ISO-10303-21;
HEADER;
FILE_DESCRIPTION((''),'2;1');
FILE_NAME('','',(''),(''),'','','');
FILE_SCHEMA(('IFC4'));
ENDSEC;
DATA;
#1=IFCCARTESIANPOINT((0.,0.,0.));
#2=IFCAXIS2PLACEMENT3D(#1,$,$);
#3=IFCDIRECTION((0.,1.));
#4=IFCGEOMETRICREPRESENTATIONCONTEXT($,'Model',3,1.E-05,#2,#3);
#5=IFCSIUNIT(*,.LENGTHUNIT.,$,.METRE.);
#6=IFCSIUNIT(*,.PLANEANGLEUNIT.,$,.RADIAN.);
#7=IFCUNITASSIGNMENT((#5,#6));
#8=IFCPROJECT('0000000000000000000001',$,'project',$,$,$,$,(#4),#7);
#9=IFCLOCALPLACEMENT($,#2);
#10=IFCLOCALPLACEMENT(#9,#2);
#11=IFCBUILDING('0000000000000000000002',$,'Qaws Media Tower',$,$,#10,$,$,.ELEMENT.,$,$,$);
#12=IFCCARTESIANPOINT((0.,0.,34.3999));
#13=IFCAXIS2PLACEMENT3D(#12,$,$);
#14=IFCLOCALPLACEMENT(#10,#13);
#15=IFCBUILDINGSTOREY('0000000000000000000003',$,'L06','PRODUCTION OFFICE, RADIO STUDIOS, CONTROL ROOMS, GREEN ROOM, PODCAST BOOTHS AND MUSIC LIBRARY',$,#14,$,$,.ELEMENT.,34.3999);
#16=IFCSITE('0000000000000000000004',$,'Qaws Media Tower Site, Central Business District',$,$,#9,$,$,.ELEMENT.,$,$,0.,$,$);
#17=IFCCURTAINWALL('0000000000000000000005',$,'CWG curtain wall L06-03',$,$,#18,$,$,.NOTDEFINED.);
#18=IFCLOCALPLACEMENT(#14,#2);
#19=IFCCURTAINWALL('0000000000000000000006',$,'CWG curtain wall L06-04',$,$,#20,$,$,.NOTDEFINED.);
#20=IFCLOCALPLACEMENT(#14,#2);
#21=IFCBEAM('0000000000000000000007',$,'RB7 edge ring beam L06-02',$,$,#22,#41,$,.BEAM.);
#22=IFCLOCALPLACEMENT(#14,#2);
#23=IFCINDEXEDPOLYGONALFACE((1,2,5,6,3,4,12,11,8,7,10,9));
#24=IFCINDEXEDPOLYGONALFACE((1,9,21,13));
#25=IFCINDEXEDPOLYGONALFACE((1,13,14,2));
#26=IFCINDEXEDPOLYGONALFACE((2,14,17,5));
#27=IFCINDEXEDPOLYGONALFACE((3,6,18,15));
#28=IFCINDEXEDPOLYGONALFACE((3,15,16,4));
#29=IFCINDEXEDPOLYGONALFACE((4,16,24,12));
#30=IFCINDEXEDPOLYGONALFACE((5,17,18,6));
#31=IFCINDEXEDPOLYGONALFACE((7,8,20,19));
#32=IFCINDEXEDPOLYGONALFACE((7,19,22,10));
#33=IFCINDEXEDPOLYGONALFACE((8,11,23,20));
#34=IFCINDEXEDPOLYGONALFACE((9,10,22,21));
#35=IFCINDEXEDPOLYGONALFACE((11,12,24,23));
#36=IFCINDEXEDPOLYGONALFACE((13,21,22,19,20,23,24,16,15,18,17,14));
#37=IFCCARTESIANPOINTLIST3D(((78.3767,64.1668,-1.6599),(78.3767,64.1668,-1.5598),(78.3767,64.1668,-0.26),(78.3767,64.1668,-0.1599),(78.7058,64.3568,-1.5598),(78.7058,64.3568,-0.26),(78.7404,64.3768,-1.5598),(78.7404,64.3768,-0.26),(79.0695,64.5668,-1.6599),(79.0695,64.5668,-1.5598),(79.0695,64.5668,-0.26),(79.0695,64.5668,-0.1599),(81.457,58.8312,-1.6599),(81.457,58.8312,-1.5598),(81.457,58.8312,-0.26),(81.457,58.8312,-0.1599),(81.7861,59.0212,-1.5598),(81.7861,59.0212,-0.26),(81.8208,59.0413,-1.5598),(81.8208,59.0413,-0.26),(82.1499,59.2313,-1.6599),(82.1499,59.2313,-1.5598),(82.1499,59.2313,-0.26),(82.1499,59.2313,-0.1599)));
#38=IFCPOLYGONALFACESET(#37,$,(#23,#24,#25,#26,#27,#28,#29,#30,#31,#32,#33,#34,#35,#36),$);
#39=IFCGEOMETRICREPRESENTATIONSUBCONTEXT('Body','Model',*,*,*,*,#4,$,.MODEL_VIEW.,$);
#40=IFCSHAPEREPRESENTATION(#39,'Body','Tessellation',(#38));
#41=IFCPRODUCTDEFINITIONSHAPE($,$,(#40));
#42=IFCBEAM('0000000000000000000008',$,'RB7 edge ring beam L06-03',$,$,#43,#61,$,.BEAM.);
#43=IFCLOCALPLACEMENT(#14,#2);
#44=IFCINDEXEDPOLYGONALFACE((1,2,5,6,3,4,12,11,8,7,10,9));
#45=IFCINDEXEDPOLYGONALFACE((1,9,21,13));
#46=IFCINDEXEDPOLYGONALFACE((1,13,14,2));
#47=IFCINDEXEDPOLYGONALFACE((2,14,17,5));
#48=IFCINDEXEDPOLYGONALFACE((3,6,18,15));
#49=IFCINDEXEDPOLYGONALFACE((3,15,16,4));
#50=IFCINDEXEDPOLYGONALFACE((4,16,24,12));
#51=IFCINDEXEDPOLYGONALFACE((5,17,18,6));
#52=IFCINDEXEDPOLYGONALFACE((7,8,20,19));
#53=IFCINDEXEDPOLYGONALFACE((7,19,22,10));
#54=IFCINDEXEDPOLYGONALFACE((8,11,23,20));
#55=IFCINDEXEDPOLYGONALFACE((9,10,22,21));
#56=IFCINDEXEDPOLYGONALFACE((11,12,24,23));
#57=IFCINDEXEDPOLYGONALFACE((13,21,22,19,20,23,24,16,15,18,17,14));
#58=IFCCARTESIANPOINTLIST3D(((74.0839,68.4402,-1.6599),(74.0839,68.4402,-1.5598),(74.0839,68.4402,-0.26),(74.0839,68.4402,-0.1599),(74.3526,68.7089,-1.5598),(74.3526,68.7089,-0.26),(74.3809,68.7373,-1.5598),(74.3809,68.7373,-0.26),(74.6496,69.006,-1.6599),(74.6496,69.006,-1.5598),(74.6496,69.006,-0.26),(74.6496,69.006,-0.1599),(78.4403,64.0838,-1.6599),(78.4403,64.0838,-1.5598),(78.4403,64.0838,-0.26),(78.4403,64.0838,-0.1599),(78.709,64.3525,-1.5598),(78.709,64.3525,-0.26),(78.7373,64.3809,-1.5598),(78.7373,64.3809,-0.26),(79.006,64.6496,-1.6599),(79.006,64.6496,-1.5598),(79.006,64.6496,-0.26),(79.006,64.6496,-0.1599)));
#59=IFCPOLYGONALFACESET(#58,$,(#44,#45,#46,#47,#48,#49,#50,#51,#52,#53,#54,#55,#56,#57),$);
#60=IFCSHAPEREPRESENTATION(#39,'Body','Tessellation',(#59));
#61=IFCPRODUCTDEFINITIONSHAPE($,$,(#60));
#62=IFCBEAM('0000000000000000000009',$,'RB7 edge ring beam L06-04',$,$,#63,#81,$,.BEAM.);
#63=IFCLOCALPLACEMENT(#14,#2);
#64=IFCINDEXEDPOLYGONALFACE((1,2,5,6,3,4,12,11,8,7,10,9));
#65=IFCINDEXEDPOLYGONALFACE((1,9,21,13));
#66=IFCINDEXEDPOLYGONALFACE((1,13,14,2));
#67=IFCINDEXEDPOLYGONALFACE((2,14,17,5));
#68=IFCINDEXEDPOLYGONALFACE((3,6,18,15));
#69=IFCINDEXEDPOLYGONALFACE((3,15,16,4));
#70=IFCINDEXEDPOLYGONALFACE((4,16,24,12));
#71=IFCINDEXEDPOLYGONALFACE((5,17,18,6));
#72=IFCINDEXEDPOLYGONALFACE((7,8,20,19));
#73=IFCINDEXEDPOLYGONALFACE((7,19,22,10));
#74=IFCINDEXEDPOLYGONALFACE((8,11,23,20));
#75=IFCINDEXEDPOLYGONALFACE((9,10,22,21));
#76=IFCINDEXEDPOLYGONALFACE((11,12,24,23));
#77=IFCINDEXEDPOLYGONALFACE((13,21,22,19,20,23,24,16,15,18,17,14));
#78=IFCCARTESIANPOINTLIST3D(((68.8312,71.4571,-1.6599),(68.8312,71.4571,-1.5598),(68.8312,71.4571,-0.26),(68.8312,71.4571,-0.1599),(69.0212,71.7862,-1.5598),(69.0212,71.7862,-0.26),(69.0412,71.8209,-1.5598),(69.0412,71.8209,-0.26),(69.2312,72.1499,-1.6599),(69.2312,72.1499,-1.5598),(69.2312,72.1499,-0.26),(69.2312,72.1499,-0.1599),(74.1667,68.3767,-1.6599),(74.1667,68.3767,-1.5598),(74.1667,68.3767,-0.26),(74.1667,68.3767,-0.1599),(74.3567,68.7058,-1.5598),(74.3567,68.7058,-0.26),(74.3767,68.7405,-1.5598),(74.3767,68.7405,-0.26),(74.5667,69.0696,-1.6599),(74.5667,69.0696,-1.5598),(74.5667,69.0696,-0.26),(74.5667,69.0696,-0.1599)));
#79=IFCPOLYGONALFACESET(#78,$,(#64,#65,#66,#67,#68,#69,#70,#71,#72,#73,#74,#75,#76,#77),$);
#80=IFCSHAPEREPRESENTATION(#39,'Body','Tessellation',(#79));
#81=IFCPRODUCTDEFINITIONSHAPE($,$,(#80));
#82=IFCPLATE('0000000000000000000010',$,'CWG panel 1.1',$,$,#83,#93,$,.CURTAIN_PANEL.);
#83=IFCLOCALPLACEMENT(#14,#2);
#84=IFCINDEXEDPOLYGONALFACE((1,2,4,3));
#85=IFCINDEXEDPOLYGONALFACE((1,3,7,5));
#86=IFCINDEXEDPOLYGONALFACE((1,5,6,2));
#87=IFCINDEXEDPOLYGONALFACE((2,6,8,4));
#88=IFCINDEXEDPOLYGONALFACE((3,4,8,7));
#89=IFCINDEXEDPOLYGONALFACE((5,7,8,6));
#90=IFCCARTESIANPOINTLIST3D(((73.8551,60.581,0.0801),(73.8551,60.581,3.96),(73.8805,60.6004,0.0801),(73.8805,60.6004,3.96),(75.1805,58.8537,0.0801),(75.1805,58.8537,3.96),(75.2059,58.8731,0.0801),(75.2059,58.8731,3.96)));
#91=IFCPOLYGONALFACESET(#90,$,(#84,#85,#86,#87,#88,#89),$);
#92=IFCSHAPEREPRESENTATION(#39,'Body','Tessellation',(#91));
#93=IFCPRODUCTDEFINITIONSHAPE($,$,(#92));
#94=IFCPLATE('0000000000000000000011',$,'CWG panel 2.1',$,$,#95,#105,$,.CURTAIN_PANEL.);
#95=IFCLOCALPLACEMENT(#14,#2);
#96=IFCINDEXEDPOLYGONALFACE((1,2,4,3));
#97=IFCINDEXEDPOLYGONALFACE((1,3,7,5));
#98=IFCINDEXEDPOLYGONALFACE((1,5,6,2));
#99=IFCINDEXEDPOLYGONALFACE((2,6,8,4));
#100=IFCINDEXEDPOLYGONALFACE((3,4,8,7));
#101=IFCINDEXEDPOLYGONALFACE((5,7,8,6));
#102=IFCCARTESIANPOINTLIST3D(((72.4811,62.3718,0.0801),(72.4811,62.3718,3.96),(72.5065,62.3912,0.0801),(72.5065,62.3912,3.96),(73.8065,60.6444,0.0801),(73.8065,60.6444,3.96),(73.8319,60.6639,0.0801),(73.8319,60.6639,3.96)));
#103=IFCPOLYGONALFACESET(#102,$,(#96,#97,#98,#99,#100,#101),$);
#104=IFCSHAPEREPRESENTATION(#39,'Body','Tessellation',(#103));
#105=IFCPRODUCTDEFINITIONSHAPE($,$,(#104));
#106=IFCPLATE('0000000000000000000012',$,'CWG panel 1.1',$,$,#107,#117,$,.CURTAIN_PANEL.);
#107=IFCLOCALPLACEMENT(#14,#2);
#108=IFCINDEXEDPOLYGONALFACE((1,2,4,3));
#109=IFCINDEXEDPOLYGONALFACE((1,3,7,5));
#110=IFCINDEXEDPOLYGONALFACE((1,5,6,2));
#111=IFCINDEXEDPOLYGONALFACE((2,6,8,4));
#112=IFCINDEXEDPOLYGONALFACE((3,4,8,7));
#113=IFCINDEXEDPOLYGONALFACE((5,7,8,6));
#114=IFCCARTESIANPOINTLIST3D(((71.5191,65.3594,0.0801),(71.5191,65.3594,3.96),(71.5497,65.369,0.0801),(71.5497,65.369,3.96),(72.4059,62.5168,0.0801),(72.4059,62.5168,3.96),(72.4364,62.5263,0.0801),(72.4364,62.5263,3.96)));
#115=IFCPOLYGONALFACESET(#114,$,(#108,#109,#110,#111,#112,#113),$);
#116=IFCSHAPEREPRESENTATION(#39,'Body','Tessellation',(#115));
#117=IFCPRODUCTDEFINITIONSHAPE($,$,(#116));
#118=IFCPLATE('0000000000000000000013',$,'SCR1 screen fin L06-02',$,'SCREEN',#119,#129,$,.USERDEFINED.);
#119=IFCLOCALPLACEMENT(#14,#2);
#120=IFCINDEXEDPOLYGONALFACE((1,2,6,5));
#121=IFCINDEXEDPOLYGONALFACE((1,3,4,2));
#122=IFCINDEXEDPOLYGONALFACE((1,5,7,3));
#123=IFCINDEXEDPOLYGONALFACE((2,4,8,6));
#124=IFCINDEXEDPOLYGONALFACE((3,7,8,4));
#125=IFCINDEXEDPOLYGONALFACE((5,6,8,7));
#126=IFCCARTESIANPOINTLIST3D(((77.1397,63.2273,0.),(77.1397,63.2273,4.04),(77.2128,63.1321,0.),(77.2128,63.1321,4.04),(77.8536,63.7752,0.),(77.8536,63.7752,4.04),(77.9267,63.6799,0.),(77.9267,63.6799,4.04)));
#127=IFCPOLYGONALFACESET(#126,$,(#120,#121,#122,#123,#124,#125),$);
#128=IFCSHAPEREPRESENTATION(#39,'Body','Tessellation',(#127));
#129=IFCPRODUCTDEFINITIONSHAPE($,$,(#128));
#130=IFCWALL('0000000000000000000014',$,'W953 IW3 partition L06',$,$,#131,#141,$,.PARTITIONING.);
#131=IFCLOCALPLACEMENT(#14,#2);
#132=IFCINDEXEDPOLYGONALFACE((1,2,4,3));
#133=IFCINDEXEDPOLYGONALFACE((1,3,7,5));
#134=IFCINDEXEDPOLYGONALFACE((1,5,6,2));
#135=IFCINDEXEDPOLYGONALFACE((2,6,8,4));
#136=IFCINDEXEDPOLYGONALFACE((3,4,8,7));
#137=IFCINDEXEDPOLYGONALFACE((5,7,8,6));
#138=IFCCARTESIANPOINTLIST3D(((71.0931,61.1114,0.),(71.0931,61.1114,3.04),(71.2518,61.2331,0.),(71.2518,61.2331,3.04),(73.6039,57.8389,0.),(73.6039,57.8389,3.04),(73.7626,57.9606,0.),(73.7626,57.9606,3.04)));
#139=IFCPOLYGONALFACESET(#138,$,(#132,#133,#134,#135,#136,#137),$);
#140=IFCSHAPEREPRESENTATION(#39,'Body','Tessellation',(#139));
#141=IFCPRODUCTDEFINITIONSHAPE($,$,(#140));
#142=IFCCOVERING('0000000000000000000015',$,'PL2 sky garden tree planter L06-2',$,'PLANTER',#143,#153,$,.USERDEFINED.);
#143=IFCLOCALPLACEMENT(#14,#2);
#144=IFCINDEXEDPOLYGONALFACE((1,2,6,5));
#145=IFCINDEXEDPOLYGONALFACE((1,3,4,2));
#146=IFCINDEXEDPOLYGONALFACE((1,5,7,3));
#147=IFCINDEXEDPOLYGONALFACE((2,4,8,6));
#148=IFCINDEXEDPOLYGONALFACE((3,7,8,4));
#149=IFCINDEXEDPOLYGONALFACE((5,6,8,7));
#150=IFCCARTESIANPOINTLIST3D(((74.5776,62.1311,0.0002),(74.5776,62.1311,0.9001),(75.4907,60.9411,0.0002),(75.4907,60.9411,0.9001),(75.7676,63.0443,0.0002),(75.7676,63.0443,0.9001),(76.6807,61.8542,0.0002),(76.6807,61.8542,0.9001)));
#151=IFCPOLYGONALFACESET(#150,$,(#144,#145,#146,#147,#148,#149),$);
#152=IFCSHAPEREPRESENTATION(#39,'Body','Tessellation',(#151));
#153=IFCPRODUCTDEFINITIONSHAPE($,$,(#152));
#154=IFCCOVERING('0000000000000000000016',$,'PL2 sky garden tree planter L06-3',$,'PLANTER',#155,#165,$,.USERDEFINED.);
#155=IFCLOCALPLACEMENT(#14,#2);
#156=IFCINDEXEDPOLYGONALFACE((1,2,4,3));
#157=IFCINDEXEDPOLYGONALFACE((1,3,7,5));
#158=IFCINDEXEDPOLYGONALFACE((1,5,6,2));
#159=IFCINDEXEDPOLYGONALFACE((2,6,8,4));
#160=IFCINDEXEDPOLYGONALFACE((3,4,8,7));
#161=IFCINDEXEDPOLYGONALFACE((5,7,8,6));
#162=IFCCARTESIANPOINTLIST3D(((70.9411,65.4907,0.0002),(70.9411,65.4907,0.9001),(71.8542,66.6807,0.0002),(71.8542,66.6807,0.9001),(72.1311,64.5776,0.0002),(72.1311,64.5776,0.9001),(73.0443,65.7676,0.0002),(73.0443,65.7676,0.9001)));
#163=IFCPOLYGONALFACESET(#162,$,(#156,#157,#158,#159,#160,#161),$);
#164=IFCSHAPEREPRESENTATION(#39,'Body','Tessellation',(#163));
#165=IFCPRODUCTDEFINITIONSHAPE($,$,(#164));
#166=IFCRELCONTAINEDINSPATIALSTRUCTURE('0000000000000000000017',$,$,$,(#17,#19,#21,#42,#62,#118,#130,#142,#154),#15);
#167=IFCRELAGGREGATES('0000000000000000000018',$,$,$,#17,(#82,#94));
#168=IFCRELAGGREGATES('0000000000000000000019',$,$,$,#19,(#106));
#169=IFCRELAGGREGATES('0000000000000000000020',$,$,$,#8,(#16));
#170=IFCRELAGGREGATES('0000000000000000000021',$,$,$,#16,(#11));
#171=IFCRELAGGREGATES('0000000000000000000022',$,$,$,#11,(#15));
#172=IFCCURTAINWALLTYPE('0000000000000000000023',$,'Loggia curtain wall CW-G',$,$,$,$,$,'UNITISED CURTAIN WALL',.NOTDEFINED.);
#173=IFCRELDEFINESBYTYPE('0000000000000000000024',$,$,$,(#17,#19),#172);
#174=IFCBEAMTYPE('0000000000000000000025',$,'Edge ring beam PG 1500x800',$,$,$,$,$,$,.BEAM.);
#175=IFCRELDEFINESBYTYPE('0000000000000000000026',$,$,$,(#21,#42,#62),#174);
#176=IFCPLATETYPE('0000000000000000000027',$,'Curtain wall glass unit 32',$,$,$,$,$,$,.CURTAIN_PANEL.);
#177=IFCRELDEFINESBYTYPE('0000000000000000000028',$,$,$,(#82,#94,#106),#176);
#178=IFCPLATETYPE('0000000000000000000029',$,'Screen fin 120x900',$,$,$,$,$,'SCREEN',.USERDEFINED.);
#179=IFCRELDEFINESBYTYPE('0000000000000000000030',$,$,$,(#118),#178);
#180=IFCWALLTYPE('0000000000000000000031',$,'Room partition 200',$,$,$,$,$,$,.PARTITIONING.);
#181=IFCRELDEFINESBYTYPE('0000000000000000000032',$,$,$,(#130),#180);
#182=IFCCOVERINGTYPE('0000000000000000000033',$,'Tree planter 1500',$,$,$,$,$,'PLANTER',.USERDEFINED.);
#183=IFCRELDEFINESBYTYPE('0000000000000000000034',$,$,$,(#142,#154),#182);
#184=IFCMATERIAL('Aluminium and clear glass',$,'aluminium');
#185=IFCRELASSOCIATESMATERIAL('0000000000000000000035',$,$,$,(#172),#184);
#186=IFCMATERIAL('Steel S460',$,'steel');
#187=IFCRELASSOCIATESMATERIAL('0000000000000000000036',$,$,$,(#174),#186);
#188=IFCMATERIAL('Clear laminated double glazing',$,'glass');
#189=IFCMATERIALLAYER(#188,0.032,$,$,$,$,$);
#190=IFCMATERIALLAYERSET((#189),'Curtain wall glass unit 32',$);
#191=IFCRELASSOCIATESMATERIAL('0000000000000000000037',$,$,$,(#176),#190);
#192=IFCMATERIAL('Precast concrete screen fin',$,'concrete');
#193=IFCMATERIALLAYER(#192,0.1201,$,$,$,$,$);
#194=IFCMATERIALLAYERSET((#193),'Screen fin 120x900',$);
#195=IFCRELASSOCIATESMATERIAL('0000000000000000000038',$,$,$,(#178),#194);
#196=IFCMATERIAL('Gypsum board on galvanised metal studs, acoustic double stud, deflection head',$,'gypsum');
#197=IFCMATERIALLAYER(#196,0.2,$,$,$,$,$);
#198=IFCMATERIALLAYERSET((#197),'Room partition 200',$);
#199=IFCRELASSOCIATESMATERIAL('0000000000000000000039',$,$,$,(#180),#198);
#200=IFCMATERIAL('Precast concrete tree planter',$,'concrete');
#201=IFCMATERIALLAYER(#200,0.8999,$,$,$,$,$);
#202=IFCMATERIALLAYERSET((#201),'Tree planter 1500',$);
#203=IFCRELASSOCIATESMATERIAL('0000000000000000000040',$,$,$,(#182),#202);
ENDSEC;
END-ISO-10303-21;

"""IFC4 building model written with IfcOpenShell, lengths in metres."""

from ifc_helpers import new_model, si_unit, direction, frame, frame_2d, origin, origin_2d, place, context, subcontext, project, spatial, rectangle, i_section, extrude, material, layer, layer_set, material_profile, profile_set, type_object, element, aggregate, save


model = new_model("IFC4")

# Units and contexts
model_context = context("Model", 3, precision=1e-05, world=origin(), true_north=direction((0.0, 1.0)))
body_context = subcontext(model_context, "Body", "Model", "MODEL_VIEW")
ifc_project = project(units=[si_unit("LENGTHUNIT", "METRE"), si_unit("PLANEANGLEUNIT", "RADIAN")], contexts=[model_context])

# Site, building, storey
site_placement = place(None, origin())
site = spatial("IfcSite", under=ifc_project, at=site_placement, Name="Qaws Media Tower Site, Central Business District", CompositionType="ELEMENT", RefElevation=0.0)
building_placement = place(site_placement, origin())
building = spatial("IfcBuilding", under=site, at=building_placement, Name="Qaws Media Tower", CompositionType="ELEMENT")
storey_placement = place(building_placement, frame((0.0, 0.0, 34.3999)))
storey = spatial("IfcBuildingStorey", under=building, at=storey_placement, Name="L06", Description="PRODUCTION OFFICE, RADIO STUDIOS, CONTROL ROOMS, GREEN ROOM, PODCAST BOOTHS AND MUSIC LIBRARY", CompositionType="ELEMENT", Elevation=34.3999)

# Shared definitions
ifc_material_1 = material(Name="Aluminium and clear glass", Category="aluminium")
curtain_wall_type = type_object("IfcCurtainWallType", Name="Loggia curtain wall CW-G", ElementType="UNITISED CURTAIN WALL", PredefinedType="NOTDEFINED", material=ifc_material_1)

# Curtain walls
curtain_wall_1_placement = place(storey_placement, origin())
curtain_wall_1 = element("IfcCurtainWall", 1, at=curtain_wall_1_placement, inside=storey, type_object=curtain_wall_type, Name="CWG curtain wall L06-03", PredefinedType="NOTDEFINED")
curtain_wall_2_placement = place(storey_placement, origin())
curtain_wall_2 = element("IfcCurtainWall", 2, at=curtain_wall_2_placement, inside=storey, type_object=curtain_wall_type, Name="CWG curtain wall L06-04", PredefinedType="NOTDEFINED")

# Beams
ifc_material_2 = material(Name="Steel S460", Category="steel")
ifc_material_profile_1 = material_profile(ifc_material_2, i_section(OverallWidth=0.8, OverallDepth=1.5, WebThickness=0.04, FlangeThickness=0.1001, at=origin_2d()), Name="PG 1500x800")
ifc_profile_set_1 = profile_set([ifc_material_profile_1], Name="Steel S460")
beam_type = type_object("IfcBeamType", Name="Edge ring beam PG 1500x800", PredefinedType="BEAM", material=ifc_profile_set_1)
for number, where, z_axis, x_axis, name in (
    (3, (81.8035, 59.0312, -0.9099), (-0.499988, 0.866032, 0.0), (-0.866032, -0.499988, 0.0), "RB7 edge ring beam L06-02"),
    (4, (78.7231, 64.3667, -0.9099), (-0.707107, 0.707107, 0.0), (-0.707107, -0.707107, 0.0), "RB7 edge ring beam L06-03"),
    (5, (74.3667, 68.7231, -0.9099), (-0.866032, 0.499988, 0.0), (-0.499988, -0.866032, 0.0), "RB7 edge ring beam L06-04"),
):
    element("IfcBeam", number, at=place(storey_placement, frame(where, z_axis=z_axis, x_axis=x_axis)), inside=storey, type_object=beam_type, Name=name, PredefinedType="BEAM", context=body_context, shape_type="SweptSolid", body=[
        extrude(i_section(OverallWidth=0.8, OverallDepth=1.5, WebThickness=0.04, FlangeThickness=0.1001, at=origin_2d()), origin(), (0.0, 0.0, 1.0), 6.1609),
    ])

# Plates
ifc_material_3 = material(Name="Clear laminated double glazing", Category="glass")
ifc_layer_1 = layer(ifc_material_3, 0.032)
ifc_layer_set_1 = layer_set([ifc_layer_1], Name="Curtain wall glass unit 32")
plate_type_1 = type_object("IfcPlateType", Name="Curtain wall glass unit 32", PredefinedType="CURTAIN_PANEL", material=ifc_layer_set_1)
plate_1_placement = place(storey_placement, frame((74.5305, 59.7271, 0.0801), z_axis=(0.0, 0.0, 1.0), x_axis=(-0.608761, 0.793353, 0.0)))
plate_1 = element("IfcPlate", 6, at=plate_1_placement, type_object=plate_type_1, Name="CWG panel 1.1", PredefinedType="CURTAIN_PANEL", context=body_context, shape_type="SweptSolid", body=[
    extrude(rectangle(XDim=2.1772, YDim=0.032, at=origin_2d()), origin(), (0.0, 0.0, 1.0), 3.8799),
])
plate_2_placement = place(storey_placement, frame((73.1565, 61.5178, 0.0801), z_axis=(0.0, 0.0, 1.0), x_axis=(-0.608761, 0.793353, 0.0)))
plate_2 = element("IfcPlate", 7, at=plate_2_placement, type_object=plate_type_1, Name="CWG panel 2.1", PredefinedType="CURTAIN_PANEL", context=body_context, shape_type="SweptSolid", body=[
    extrude(rectangle(XDim=2.1772, YDim=0.032, at=origin_2d()), origin(), (0.0, 0.0, 1.0), 3.8799),
])
aggregate(curtain_wall_1, [plate_1, plate_2])
plate_3_placement = place(storey_placement, frame((71.9778, 63.9429, 0.0801), z_axis=(0.0, 0.0, 1.0), x_axis=(-0.297797, 0.954629, 0.0)))
plate_3 = element("IfcPlate", 8, at=plate_3_placement, type_object=plate_type_1, Name="CWG panel 1.1", PredefinedType="CURTAIN_PANEL", context=body_context, shape_type="SweptSolid", body=[
    extrude(rectangle(XDim=2.9778, YDim=0.032, at=origin_2d()), origin(), (0.0, 0.0, 1.0), 3.8799),
])
aggregate(curtain_wall_2, [plate_3])
ifc_material_4 = material(Name="Precast concrete screen fin", Category="concrete")
ifc_layer_2 = layer(ifc_material_4, 0.1201)
ifc_layer_set_2 = layer_set([ifc_layer_2], Name="Screen fin 120x900")
plate_type_2 = type_object("IfcPlateType", Name="Screen fin 120x900", ElementType="SCREEN", PredefinedType="USERDEFINED", material=ifc_layer_set_2)
plate_4_placement = place(storey_placement, frame((77.5332, 63.4536, 0.0), z_axis=(0.0, 0.0, 1.0), x_axis=(0.793353, 0.608761, 0.0)))
element("IfcPlate", 9, at=plate_4_placement, inside=storey, type_object=plate_type_2, Name="SCR1 screen fin L06-02", ObjectType="SCREEN", PredefinedType="USERDEFINED", context=body_context, shape_type="SweptSolid", body=[
    extrude(rectangle(XDim=0.8999, YDim=0.1201, at=origin_2d()), origin(), (0.0, 0.0, 1.0), 4.04),
])

# Wall
ifc_material_5 = material(Name="Gypsum board on galvanised metal studs, acoustic double stud, deflection head", Category="gypsum")
ifc_layer_3 = layer(ifc_material_5, 0.2)
ifc_layer_set_3 = layer_set([ifc_layer_3], Name="Room partition 200")
wall_type = type_object("IfcWallType", Name="Room partition 200", PredefinedType="PARTITIONING", material=ifc_layer_set_3)
wall_placement = place(storey_placement, frame((71.1724, 61.1724, 0.0), z_axis=(0.0, 0.0, 1.0), x_axis=(0.608715, -0.793389, 0.0)))
element("IfcWall", 10, at=wall_placement, inside=storey, type_object=wall_type, Name="W953 IW3 partition L06", PredefinedType="PARTITIONING", context=body_context, shape_type="SweptSolid", body=[
    extrude(rectangle(XDim=4.1248, YDim=0.2, at=frame_2d((2.0625, 0.0))), origin(), (0.0, 0.0, 1.0), 3.04),
])

# Coverings
ifc_material_6 = material(Name="Precast concrete tree planter", Category="concrete")
ifc_layer_4 = layer(ifc_material_6, 0.8999)
ifc_layer_set_4 = layer_set([ifc_layer_4], Name="Tree planter 1500")
covering_type = type_object("IfcCoveringType", Name="Tree planter 1500", ElementType="PLANTER", PredefinedType="USERDEFINED", material=ifc_layer_set_4)
for number, where, z_axis, x_axis, name in (
    (11, (75.6292, 61.9927, 0.0002), (0.0, 0.0, 1.0), (0.793353, 0.608761, 0.0), "PL2 sky garden tree planter L06-2"),
    (12, (71.9927, 65.6292, 0.0002), (0.0, 0.0, 1.0), (0.608761, 0.793353, 0.0), "PL2 sky garden tree planter L06-3"),
):
    element("IfcCovering", number, at=place(storey_placement, frame(where, z_axis=z_axis, x_axis=x_axis)), inside=storey, type_object=covering_type, Name=name, ObjectType="PLANTER", PredefinedType="USERDEFINED", context=body_context, shape_type="SweptSolid", body=[
        extrude(rectangle(XDim=1.5, YDim=1.5, at=origin_2d()), origin(), (0.0, 0.0, 1.0), 0.8999),
    ])

save(model, "model.ifc")
